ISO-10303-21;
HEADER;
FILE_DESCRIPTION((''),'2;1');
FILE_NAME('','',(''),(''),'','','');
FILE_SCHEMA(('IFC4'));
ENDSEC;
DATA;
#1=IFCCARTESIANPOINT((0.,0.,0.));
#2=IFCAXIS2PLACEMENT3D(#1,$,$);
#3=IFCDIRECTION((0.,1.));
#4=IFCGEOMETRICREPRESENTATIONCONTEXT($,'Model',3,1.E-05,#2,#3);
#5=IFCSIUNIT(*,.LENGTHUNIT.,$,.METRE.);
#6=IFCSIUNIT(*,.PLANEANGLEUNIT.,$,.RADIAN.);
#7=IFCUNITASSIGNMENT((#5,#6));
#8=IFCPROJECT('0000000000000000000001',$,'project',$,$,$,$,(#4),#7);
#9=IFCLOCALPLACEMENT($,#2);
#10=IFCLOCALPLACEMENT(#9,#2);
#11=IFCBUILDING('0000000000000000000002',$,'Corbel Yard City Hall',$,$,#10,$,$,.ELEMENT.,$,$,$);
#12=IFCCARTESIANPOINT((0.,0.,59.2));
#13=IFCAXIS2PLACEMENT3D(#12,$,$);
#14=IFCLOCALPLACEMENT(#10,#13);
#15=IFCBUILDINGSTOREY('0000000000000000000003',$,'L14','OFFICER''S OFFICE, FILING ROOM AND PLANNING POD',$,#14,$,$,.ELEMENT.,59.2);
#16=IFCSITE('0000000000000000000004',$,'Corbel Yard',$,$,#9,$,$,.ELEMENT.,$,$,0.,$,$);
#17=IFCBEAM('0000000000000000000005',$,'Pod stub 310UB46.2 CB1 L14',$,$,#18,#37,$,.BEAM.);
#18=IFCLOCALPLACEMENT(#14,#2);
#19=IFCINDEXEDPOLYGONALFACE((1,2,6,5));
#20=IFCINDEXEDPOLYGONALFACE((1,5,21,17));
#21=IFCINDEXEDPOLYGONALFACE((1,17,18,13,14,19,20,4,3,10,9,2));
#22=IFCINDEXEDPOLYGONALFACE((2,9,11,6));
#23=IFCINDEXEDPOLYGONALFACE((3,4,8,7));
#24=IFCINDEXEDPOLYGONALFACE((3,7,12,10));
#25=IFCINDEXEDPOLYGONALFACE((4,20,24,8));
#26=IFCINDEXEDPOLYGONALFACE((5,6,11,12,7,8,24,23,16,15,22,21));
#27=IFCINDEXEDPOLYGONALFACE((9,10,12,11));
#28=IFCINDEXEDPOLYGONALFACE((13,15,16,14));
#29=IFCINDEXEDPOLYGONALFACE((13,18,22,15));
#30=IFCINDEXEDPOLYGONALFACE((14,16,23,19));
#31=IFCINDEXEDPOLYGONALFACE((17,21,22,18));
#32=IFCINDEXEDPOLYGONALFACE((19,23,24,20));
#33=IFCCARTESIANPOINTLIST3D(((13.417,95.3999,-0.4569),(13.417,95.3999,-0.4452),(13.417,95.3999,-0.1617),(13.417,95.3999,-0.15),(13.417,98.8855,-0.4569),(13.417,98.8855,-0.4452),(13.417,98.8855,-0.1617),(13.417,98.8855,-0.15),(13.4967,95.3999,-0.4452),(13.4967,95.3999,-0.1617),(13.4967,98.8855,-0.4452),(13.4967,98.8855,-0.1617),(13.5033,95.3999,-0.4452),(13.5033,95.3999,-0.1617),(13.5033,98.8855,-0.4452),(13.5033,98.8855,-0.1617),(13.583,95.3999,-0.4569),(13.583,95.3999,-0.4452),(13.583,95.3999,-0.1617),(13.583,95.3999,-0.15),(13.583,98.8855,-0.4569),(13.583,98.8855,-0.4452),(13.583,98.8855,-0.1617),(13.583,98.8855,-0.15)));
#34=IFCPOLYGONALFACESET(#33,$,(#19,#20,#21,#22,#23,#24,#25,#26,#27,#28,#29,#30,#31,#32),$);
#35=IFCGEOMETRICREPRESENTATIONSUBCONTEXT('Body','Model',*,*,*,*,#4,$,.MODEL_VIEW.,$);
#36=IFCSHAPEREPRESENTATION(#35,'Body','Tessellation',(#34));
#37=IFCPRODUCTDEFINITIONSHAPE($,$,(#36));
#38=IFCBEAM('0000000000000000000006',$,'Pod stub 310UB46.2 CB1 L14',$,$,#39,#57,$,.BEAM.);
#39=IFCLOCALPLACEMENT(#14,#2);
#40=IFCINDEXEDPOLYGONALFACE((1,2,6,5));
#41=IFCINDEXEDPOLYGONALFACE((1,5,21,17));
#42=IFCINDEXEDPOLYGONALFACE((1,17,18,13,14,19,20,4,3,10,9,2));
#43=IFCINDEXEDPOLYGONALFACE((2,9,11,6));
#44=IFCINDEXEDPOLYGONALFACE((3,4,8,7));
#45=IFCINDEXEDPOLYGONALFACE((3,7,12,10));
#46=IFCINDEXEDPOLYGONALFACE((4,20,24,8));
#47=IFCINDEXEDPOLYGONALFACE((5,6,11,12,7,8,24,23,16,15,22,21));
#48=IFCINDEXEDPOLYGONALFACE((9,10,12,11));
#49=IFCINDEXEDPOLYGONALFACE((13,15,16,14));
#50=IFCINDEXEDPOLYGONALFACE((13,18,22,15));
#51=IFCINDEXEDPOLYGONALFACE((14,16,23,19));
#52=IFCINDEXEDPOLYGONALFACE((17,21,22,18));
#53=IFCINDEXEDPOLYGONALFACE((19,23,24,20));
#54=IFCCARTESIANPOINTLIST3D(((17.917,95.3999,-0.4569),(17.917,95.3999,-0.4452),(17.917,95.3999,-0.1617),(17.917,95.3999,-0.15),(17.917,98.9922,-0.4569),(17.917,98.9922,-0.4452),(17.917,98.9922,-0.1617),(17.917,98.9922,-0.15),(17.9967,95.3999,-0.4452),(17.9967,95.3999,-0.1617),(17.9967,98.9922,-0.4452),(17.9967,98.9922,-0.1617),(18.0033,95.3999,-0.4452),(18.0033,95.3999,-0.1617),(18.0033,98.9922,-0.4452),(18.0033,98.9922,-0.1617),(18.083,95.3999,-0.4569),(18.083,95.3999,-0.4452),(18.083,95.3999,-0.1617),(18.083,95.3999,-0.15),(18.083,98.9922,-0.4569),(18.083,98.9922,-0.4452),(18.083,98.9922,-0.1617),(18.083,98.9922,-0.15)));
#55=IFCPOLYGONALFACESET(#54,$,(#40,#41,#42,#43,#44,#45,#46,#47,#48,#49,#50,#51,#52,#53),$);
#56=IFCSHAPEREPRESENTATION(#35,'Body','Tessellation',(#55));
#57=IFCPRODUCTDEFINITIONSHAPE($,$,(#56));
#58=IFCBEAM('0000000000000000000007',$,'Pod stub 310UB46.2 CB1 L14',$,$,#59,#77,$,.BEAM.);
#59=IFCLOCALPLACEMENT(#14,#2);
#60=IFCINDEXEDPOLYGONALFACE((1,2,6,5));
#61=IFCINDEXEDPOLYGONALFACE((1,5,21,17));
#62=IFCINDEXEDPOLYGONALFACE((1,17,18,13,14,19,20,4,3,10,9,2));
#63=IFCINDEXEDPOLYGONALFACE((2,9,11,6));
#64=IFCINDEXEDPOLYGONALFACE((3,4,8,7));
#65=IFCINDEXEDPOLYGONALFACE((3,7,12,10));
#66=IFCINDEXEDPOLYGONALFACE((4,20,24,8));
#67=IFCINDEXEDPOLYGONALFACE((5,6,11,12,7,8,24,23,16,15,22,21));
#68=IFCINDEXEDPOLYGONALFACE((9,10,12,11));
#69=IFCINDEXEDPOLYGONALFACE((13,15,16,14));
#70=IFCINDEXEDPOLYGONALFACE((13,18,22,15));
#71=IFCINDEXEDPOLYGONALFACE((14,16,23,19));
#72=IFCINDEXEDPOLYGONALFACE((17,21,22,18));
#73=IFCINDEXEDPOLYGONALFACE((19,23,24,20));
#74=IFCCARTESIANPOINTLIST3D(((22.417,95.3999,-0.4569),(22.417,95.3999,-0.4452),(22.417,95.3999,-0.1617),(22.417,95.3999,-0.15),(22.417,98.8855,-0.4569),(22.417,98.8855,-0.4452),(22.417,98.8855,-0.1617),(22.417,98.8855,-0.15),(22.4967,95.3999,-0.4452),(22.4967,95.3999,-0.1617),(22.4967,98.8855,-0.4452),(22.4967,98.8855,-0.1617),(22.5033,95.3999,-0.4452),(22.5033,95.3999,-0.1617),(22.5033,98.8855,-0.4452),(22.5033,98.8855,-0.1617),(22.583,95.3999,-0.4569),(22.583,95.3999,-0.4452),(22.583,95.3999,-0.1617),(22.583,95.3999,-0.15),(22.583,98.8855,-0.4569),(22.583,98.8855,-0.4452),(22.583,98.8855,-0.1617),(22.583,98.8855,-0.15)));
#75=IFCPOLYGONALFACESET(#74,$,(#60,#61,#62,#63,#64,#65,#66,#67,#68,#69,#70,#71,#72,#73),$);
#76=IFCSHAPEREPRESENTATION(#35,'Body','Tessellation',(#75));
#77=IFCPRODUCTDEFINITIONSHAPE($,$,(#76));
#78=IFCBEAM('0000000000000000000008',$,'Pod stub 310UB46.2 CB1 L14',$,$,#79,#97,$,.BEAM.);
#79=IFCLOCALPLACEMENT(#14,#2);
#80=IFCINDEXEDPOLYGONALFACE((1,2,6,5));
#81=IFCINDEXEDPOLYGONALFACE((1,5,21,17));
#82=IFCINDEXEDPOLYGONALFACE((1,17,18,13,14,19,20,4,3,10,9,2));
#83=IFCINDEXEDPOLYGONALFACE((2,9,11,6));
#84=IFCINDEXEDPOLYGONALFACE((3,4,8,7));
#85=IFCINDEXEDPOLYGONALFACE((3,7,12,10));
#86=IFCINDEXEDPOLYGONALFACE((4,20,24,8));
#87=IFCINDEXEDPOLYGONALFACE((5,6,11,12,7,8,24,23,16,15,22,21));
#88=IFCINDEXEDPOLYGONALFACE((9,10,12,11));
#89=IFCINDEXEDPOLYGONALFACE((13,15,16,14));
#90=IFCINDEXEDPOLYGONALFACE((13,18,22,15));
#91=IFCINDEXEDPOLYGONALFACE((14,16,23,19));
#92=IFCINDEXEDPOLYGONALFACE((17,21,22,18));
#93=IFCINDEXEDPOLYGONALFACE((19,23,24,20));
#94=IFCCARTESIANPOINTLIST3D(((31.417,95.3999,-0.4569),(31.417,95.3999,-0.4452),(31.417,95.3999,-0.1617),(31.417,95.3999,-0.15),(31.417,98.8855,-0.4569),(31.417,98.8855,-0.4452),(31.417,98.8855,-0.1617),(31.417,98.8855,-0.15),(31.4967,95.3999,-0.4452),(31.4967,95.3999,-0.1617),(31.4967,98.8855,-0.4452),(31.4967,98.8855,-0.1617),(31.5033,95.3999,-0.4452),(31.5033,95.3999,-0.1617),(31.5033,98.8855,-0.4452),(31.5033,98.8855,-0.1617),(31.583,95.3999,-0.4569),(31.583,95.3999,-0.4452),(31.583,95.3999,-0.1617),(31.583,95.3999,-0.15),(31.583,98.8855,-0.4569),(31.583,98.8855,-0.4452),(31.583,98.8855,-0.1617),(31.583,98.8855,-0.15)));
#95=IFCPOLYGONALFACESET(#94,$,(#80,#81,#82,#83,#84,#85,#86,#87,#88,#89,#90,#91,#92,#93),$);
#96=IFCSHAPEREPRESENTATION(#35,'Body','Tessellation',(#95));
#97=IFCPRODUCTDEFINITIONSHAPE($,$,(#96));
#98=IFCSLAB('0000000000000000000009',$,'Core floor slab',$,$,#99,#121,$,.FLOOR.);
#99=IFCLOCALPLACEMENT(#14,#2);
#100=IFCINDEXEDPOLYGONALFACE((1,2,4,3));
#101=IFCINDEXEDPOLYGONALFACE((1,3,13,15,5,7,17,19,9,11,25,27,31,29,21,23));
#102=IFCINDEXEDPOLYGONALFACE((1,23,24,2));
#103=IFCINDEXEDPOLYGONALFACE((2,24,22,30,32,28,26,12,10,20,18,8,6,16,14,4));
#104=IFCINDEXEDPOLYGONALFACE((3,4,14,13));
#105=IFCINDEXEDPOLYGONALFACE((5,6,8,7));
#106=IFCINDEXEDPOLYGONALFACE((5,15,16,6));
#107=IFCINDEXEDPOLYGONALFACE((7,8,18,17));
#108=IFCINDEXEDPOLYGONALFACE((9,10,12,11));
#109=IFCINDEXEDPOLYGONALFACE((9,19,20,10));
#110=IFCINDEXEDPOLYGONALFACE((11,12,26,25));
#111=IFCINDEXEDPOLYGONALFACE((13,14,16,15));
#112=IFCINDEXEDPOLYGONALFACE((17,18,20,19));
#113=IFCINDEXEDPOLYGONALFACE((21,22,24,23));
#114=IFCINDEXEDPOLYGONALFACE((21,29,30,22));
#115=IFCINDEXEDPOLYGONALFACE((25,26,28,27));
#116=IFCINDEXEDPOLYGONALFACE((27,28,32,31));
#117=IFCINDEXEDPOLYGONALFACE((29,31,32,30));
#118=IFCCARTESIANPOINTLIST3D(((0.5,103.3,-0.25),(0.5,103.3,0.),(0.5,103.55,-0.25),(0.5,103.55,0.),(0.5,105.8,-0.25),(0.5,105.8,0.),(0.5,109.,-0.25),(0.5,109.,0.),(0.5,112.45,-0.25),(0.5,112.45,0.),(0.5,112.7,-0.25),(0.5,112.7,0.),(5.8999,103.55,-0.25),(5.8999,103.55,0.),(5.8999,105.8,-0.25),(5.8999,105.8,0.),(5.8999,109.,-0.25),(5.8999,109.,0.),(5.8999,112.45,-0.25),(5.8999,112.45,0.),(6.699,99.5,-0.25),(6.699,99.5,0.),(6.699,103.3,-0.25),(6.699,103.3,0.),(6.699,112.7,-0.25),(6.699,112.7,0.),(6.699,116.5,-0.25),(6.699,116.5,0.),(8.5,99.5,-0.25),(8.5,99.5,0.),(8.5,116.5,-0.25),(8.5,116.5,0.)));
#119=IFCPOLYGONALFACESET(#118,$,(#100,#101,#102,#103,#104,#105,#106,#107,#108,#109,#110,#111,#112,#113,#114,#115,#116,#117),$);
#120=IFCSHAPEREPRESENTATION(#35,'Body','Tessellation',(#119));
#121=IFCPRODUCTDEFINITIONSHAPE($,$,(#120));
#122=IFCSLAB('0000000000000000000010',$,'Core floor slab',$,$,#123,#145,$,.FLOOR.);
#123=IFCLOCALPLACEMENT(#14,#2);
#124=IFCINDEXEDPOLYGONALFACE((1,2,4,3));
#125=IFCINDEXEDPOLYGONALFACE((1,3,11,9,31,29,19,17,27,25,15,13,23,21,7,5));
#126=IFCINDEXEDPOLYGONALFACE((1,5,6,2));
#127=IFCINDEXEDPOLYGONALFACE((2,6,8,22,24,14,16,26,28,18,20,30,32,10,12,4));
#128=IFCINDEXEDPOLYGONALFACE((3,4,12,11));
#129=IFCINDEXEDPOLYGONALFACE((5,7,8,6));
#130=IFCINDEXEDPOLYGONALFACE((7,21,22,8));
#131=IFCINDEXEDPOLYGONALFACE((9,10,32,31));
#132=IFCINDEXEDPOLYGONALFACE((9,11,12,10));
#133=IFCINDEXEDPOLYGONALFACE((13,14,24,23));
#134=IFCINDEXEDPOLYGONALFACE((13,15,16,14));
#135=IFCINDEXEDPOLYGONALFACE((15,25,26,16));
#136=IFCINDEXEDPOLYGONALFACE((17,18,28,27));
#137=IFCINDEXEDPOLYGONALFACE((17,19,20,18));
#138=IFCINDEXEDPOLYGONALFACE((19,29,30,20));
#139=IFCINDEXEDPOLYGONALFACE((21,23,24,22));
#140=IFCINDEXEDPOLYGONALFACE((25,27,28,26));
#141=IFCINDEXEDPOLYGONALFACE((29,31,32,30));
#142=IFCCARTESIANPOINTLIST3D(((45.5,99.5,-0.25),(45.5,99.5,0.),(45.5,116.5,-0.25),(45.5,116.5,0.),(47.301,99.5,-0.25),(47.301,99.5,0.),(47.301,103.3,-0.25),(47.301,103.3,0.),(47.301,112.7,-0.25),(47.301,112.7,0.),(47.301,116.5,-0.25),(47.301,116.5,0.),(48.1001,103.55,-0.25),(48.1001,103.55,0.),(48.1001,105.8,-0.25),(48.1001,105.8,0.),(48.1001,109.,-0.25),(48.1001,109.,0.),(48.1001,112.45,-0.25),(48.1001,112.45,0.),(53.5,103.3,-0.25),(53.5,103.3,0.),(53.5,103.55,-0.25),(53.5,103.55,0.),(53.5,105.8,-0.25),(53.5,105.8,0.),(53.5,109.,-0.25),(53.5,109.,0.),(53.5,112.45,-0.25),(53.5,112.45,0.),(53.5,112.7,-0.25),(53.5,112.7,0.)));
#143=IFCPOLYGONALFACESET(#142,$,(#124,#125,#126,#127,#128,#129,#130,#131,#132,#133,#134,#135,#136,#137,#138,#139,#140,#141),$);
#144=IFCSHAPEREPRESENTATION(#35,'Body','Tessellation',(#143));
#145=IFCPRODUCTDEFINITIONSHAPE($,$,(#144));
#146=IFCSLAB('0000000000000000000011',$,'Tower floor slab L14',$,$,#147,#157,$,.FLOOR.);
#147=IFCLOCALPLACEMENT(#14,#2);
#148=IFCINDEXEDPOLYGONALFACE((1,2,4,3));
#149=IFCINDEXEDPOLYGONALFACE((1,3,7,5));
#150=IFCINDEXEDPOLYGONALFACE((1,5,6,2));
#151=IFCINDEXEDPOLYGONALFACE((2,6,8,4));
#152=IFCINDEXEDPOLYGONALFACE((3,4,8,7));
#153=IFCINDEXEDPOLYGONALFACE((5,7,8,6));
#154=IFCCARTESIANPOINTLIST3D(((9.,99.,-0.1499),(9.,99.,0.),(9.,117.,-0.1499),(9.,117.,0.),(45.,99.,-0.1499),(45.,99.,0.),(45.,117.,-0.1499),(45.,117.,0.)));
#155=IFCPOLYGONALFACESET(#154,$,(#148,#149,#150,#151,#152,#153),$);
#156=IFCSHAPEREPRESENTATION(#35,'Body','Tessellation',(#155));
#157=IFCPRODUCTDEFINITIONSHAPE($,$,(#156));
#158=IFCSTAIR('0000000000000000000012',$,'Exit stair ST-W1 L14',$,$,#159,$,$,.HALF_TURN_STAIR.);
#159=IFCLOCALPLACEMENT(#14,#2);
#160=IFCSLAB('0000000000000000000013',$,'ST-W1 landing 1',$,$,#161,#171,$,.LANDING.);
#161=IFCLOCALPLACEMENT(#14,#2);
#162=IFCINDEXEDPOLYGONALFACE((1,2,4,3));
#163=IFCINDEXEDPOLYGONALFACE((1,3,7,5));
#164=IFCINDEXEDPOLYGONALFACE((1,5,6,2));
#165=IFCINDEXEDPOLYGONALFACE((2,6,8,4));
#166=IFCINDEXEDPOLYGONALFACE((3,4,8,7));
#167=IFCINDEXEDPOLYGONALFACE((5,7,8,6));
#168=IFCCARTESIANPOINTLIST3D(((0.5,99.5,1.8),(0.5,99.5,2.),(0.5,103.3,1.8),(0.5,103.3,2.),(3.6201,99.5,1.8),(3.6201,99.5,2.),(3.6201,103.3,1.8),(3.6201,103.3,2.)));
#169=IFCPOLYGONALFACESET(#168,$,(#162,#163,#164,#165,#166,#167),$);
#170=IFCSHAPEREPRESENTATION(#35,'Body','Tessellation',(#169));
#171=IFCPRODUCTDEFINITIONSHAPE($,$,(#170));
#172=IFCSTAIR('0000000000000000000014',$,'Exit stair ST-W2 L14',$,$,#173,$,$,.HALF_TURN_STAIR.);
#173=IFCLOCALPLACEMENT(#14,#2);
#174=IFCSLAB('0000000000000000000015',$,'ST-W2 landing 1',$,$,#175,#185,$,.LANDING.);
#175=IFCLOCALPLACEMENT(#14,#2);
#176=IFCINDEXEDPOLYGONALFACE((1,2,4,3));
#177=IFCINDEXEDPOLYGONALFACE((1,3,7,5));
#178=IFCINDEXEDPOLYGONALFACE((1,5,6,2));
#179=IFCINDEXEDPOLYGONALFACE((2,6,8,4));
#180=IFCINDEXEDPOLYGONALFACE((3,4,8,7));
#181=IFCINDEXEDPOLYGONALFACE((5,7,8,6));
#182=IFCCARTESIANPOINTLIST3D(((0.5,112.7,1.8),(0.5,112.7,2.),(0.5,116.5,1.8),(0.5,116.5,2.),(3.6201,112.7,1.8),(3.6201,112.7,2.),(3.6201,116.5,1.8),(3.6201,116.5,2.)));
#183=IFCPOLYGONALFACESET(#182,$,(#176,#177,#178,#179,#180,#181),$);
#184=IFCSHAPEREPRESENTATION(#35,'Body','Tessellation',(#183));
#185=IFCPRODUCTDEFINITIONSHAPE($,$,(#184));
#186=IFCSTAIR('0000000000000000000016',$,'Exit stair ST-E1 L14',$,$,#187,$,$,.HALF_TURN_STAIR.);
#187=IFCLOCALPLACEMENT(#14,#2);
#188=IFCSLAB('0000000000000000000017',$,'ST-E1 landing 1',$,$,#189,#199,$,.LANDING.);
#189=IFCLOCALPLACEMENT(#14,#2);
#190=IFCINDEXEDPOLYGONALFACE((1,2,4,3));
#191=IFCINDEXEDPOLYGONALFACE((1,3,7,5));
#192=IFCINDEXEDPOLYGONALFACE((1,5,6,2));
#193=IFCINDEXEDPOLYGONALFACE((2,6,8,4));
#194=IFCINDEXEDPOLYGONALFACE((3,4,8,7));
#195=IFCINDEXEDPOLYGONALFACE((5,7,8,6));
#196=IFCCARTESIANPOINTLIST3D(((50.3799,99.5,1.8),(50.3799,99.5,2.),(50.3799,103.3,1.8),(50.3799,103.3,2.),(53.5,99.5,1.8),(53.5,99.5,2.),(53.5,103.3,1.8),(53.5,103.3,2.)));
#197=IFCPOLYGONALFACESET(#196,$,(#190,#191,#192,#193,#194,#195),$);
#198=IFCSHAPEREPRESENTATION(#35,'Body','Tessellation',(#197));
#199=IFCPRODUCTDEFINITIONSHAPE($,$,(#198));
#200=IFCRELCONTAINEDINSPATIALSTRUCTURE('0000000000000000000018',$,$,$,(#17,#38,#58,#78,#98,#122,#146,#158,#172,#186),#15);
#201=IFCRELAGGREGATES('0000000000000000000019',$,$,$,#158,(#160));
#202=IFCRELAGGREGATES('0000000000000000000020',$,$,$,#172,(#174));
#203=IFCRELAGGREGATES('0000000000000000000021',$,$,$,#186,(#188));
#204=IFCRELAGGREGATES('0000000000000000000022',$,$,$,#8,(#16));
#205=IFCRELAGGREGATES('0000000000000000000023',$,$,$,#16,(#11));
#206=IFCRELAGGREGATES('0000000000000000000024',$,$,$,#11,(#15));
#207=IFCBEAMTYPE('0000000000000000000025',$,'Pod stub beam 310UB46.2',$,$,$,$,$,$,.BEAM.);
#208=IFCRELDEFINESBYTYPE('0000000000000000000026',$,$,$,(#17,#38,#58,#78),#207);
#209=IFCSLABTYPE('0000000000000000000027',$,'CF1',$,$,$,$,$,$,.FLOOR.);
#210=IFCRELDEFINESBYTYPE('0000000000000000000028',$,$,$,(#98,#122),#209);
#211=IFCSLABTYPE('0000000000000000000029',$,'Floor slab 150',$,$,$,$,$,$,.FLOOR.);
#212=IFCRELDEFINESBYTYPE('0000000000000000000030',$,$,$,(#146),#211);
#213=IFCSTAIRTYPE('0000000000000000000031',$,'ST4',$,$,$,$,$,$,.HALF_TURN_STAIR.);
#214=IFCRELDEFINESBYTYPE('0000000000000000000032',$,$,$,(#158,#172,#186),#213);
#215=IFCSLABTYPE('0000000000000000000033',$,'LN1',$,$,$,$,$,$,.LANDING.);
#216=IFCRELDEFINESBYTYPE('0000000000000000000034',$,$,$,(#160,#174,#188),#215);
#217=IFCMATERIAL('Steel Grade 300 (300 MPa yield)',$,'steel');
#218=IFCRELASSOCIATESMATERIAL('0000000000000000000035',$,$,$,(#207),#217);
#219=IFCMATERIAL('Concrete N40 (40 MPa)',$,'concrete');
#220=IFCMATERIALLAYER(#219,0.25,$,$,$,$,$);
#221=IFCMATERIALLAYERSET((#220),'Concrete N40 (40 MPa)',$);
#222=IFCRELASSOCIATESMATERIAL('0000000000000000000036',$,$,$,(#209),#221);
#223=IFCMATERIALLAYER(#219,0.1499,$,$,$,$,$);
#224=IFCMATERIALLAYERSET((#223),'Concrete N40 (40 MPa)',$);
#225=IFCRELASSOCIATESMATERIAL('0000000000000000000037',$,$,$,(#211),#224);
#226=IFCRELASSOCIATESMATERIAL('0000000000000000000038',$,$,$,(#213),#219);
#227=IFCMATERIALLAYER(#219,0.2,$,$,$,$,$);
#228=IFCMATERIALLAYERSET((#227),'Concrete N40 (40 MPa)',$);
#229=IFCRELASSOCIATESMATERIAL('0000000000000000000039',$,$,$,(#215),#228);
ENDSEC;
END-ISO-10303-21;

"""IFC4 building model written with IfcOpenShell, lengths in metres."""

from ifc_helpers import new_model, si_unit, direction, frame, origin, origin_2d, place, context, subcontext, project, spatial, polyline, i_section, outline, extrude, material, layer, layer_set, material_profile, profile_set, type_object, element, aggregate, save


model = new_model("IFC4")

# Units and contexts
model_context = context("Model", 3, precision=1e-05, world=origin(), true_north=direction((0.0, 1.0)))
body_context = subcontext(model_context, "Body", "Model", "MODEL_VIEW")
ifc_project = project(units=[si_unit("LENGTHUNIT", "METRE"), si_unit("PLANEANGLEUNIT", "RADIAN")], contexts=[model_context])

# Site, building, storey
site_placement = place(None, origin())
site = spatial("IfcSite", under=ifc_project, at=site_placement, Name="Corbel Yard", CompositionType="ELEMENT", RefElevation=0.0)
building_placement = place(site_placement, origin())
building = spatial("IfcBuilding", under=site, at=building_placement, Name="Corbel Yard City Hall", CompositionType="ELEMENT")
storey_placement = place(building_placement, frame((0.0, 0.0, 59.2)))
storey = spatial("IfcBuildingStorey", under=building, at=storey_placement, Name="L14", Description="OFFICER'S OFFICE, FILING ROOM AND PLANNING POD", CompositionType="ELEMENT", Elevation=59.2)

# Beams
ifc_material_1 = material(Name="Steel Grade 300 (300 MPa yield)", Category="steel")
ifc_material_profile = material_profile(ifc_material_1, i_section(OverallWidth=0.166, OverallDepth=0.3069, WebThickness=0.0066, FlangeThickness=0.0117, at=origin_2d()), Name="310UB46.2")
ifc_profile_set = profile_set([ifc_material_profile], Name="Steel Grade 300 (300 MPa yield)")
beam_type = type_object("IfcBeamType", Name="Pod stub beam 310UB46.2", PredefinedType="BEAM", material=ifc_profile_set)
beam_1_placement = place(storey_placement, frame((13.5, 95.3999, -0.3035), z_axis=(0.0, 1.0, 0.0), x_axis=(-1.0, 0.0, 0.0)))
element("IfcBeam", 1, at=beam_1_placement, inside=storey, type_object=beam_type, Name="Pod stub 310UB46.2 CB1 L14", PredefinedType="BEAM", context=body_context, shape_type="SweptSolid", body=[
    extrude(i_section(OverallWidth=0.166, OverallDepth=0.3069, WebThickness=0.0066, FlangeThickness=0.0117, at=origin_2d()), origin(), (0.0, 0.0, 1.0), 3.4856),
])
beam_2_placement = place(storey_placement, frame((18.0, 95.3999, -0.3035), z_axis=(0.0, 1.0, 0.0), x_axis=(-1.0, 0.0, 0.0)))
element("IfcBeam", 2, at=beam_2_placement, inside=storey, type_object=beam_type, Name="Pod stub 310UB46.2 CB1 L14", PredefinedType="BEAM", context=body_context, shape_type="SweptSolid", body=[
    extrude(i_section(OverallWidth=0.166, OverallDepth=0.3069, WebThickness=0.0066, FlangeThickness=0.0117, at=origin_2d()), origin(), (0.0, 0.0, 1.0), 3.5923),
])
for number, where, z_axis, x_axis, name in (
    (3, (22.5, 95.3999, -0.3035), (0.0, 1.0, 0.0), (-1.0, 0.0, 0.0), "Pod stub 310UB46.2 CB1 L14"),
    (4, (31.5, 95.3999, -0.3035), (0.0, 1.0, 0.0), (-1.0, 0.0, 0.0), "Pod stub 310UB46.2 CB1 L14"),
):
    element("IfcBeam", number, at=place(storey_placement, frame(where, z_axis=z_axis, x_axis=x_axis)), inside=storey, type_object=beam_type, Name=name, PredefinedType="BEAM", context=body_context, shape_type="SweptSolid", body=[
        extrude(i_section(OverallWidth=0.166, OverallDepth=0.3069, WebThickness=0.0066, FlangeThickness=0.0117, at=origin_2d()), origin(), (0.0, 0.0, 1.0), 3.4856),
    ])

# Slabs
ifc_material_2 = material(Name="Concrete N40 (40 MPa)", Category="concrete")
ifc_layer_1 = layer(ifc_material_2, 0.25)
ifc_layer_set_1 = layer_set([ifc_layer_1], Name="Concrete N40 (40 MPa)")
slab_type_1 = type_object("IfcSlabType", Name="CF1", PredefinedType="FLOOR", material=ifc_layer_set_1)
slab_1_placement = place(storey_placement, frame((0.0, 0.0, -0.25)))
element("IfcSlab", 5, at=slab_1_placement, inside=storey, type_object=slab_type_1, Name="Core floor slab", PredefinedType="FLOOR", context=body_context, shape_type="SweptSolid", body=[
    extrude(outline(polyline([(8.5, 116.5), (6.699, 116.5), (6.699, 112.7), (0.5, 112.7), (0.5, 112.45), (5.8999, 112.45), (5.8999, 109.0), (0.5, 109.0), (0.5, 105.8), (5.8999, 105.8), (5.8999, 103.55), (0.5, 103.55), (0.5, 103.3), (6.699, 103.3), (6.699, 99.5), (8.5, 99.5), (8.5, 116.5)])), origin(), (0.0, 0.0, 1.0), 0.25),
])
slab_2_placement = place(storey_placement, frame((0.0, 0.0, -0.25)))
element("IfcSlab", 6, at=slab_2_placement, inside=storey, type_object=slab_type_1, Name="Core floor slab", PredefinedType="FLOOR", context=body_context, shape_type="SweptSolid", body=[
    extrude(outline(polyline([(53.5, 103.3), (53.5, 103.55), (48.1001, 103.55), (48.1001, 105.8), (53.5, 105.8), (53.5, 109.0), (48.1001, 109.0), (48.1001, 112.45), (53.5, 112.45), (53.5, 112.7), (47.301, 112.7), (47.301, 116.5), (45.5, 116.5), (45.5, 99.5), (47.301, 99.5), (47.301, 103.3), (53.5, 103.3)])), origin(), (0.0, 0.0, 1.0), 0.25),
])
ifc_layer_2 = layer(ifc_material_2, 0.1499)
ifc_layer_set_2 = layer_set([ifc_layer_2], Name="Concrete N40 (40 MPa)")
slab_type_2 = type_object("IfcSlabType", Name="Floor slab 150", PredefinedType="FLOOR", material=ifc_layer_set_2)
slab_3_placement = place(storey_placement, frame((0.0, 0.0, -0.1499)))
element("IfcSlab", 7, at=slab_3_placement, inside=storey, type_object=slab_type_2, Name="Tower floor slab L14", PredefinedType="FLOOR", context=body_context, shape_type="SweptSolid", body=[
    extrude(outline(polyline([(45.0, 99.0), (45.0, 117.0), (9.0, 117.0), (9.0, 99.0), (45.0, 99.0)])), origin(), (0.0, 0.0, 1.0), 0.1499),
])

# Stairs, slabs
stair_type = type_object("IfcStairType", Name="ST4", PredefinedType="HALF_TURN_STAIR", material=ifc_material_2)
stair_1_placement = place(storey_placement, origin())
stair_1 = element("IfcStair", 8, at=stair_1_placement, inside=storey, type_object=stair_type, Name="Exit stair ST-W1 L14", PredefinedType="HALF_TURN_STAIR")
ifc_layer_3 = layer(ifc_material_2, 0.2)
ifc_layer_set_3 = layer_set([ifc_layer_3], Name="Concrete N40 (40 MPa)")
slab_type_3 = type_object("IfcSlabType", Name="LN1", PredefinedType="LANDING", material=ifc_layer_set_3)
slab_4_placement = place(storey_placement, frame((0.0, 0.0, 1.8)))
slab_4 = element("IfcSlab", 9, at=slab_4_placement, type_object=slab_type_3, Name="ST-W1 landing 1", PredefinedType="LANDING", context=body_context, shape_type="SweptSolid", body=[
    extrude(outline(polyline([(0.5, 99.5), (3.6201, 99.5), (3.6201, 103.3), (0.5, 103.3), (0.5, 99.5)])), origin(), (0.0, 0.0, 1.0), 0.2),
])
aggregate(stair_1, [slab_4])
stair_2_placement = place(storey_placement, origin())
stair_2 = element("IfcStair", 10, at=stair_2_placement, inside=storey, type_object=stair_type, Name="Exit stair ST-W2 L14", PredefinedType="HALF_TURN_STAIR")
slab_5_placement = place(storey_placement, frame((0.0, 0.0, 1.8)))
slab_5 = element("IfcSlab", 11, at=slab_5_placement, type_object=slab_type_3, Name="ST-W2 landing 1", PredefinedType="LANDING", context=body_context, shape_type="SweptSolid", body=[
    extrude(outline(polyline([(0.5, 112.7), (3.6201, 112.7), (3.6201, 116.5), (0.5, 116.5), (0.5, 112.7)])), origin(), (0.0, 0.0, 1.0), 0.2),
])
aggregate(stair_2, [slab_5])
stair_3_placement = place(storey_placement, origin())
stair_3 = element("IfcStair", 12, at=stair_3_placement, inside=storey, type_object=stair_type, Name="Exit stair ST-E1 L14", PredefinedType="HALF_TURN_STAIR")
slab_6_placement = place(storey_placement, frame((0.0, 0.0, 1.8)))
slab_6 = element("IfcSlab", 13, at=slab_6_placement, type_object=slab_type_3, Name="ST-E1 landing 1", PredefinedType="LANDING", context=body_context, shape_type="SweptSolid", body=[
    extrude(outline(polyline([(50.3799, 99.5), (53.5, 99.5), (53.5, 103.3), (50.3799, 103.3), (50.3799, 99.5)])), origin(), (0.0, 0.0, 1.0), 0.2),
])
aggregate(stair_3, [slab_6])

save(model, "model.ifc")
